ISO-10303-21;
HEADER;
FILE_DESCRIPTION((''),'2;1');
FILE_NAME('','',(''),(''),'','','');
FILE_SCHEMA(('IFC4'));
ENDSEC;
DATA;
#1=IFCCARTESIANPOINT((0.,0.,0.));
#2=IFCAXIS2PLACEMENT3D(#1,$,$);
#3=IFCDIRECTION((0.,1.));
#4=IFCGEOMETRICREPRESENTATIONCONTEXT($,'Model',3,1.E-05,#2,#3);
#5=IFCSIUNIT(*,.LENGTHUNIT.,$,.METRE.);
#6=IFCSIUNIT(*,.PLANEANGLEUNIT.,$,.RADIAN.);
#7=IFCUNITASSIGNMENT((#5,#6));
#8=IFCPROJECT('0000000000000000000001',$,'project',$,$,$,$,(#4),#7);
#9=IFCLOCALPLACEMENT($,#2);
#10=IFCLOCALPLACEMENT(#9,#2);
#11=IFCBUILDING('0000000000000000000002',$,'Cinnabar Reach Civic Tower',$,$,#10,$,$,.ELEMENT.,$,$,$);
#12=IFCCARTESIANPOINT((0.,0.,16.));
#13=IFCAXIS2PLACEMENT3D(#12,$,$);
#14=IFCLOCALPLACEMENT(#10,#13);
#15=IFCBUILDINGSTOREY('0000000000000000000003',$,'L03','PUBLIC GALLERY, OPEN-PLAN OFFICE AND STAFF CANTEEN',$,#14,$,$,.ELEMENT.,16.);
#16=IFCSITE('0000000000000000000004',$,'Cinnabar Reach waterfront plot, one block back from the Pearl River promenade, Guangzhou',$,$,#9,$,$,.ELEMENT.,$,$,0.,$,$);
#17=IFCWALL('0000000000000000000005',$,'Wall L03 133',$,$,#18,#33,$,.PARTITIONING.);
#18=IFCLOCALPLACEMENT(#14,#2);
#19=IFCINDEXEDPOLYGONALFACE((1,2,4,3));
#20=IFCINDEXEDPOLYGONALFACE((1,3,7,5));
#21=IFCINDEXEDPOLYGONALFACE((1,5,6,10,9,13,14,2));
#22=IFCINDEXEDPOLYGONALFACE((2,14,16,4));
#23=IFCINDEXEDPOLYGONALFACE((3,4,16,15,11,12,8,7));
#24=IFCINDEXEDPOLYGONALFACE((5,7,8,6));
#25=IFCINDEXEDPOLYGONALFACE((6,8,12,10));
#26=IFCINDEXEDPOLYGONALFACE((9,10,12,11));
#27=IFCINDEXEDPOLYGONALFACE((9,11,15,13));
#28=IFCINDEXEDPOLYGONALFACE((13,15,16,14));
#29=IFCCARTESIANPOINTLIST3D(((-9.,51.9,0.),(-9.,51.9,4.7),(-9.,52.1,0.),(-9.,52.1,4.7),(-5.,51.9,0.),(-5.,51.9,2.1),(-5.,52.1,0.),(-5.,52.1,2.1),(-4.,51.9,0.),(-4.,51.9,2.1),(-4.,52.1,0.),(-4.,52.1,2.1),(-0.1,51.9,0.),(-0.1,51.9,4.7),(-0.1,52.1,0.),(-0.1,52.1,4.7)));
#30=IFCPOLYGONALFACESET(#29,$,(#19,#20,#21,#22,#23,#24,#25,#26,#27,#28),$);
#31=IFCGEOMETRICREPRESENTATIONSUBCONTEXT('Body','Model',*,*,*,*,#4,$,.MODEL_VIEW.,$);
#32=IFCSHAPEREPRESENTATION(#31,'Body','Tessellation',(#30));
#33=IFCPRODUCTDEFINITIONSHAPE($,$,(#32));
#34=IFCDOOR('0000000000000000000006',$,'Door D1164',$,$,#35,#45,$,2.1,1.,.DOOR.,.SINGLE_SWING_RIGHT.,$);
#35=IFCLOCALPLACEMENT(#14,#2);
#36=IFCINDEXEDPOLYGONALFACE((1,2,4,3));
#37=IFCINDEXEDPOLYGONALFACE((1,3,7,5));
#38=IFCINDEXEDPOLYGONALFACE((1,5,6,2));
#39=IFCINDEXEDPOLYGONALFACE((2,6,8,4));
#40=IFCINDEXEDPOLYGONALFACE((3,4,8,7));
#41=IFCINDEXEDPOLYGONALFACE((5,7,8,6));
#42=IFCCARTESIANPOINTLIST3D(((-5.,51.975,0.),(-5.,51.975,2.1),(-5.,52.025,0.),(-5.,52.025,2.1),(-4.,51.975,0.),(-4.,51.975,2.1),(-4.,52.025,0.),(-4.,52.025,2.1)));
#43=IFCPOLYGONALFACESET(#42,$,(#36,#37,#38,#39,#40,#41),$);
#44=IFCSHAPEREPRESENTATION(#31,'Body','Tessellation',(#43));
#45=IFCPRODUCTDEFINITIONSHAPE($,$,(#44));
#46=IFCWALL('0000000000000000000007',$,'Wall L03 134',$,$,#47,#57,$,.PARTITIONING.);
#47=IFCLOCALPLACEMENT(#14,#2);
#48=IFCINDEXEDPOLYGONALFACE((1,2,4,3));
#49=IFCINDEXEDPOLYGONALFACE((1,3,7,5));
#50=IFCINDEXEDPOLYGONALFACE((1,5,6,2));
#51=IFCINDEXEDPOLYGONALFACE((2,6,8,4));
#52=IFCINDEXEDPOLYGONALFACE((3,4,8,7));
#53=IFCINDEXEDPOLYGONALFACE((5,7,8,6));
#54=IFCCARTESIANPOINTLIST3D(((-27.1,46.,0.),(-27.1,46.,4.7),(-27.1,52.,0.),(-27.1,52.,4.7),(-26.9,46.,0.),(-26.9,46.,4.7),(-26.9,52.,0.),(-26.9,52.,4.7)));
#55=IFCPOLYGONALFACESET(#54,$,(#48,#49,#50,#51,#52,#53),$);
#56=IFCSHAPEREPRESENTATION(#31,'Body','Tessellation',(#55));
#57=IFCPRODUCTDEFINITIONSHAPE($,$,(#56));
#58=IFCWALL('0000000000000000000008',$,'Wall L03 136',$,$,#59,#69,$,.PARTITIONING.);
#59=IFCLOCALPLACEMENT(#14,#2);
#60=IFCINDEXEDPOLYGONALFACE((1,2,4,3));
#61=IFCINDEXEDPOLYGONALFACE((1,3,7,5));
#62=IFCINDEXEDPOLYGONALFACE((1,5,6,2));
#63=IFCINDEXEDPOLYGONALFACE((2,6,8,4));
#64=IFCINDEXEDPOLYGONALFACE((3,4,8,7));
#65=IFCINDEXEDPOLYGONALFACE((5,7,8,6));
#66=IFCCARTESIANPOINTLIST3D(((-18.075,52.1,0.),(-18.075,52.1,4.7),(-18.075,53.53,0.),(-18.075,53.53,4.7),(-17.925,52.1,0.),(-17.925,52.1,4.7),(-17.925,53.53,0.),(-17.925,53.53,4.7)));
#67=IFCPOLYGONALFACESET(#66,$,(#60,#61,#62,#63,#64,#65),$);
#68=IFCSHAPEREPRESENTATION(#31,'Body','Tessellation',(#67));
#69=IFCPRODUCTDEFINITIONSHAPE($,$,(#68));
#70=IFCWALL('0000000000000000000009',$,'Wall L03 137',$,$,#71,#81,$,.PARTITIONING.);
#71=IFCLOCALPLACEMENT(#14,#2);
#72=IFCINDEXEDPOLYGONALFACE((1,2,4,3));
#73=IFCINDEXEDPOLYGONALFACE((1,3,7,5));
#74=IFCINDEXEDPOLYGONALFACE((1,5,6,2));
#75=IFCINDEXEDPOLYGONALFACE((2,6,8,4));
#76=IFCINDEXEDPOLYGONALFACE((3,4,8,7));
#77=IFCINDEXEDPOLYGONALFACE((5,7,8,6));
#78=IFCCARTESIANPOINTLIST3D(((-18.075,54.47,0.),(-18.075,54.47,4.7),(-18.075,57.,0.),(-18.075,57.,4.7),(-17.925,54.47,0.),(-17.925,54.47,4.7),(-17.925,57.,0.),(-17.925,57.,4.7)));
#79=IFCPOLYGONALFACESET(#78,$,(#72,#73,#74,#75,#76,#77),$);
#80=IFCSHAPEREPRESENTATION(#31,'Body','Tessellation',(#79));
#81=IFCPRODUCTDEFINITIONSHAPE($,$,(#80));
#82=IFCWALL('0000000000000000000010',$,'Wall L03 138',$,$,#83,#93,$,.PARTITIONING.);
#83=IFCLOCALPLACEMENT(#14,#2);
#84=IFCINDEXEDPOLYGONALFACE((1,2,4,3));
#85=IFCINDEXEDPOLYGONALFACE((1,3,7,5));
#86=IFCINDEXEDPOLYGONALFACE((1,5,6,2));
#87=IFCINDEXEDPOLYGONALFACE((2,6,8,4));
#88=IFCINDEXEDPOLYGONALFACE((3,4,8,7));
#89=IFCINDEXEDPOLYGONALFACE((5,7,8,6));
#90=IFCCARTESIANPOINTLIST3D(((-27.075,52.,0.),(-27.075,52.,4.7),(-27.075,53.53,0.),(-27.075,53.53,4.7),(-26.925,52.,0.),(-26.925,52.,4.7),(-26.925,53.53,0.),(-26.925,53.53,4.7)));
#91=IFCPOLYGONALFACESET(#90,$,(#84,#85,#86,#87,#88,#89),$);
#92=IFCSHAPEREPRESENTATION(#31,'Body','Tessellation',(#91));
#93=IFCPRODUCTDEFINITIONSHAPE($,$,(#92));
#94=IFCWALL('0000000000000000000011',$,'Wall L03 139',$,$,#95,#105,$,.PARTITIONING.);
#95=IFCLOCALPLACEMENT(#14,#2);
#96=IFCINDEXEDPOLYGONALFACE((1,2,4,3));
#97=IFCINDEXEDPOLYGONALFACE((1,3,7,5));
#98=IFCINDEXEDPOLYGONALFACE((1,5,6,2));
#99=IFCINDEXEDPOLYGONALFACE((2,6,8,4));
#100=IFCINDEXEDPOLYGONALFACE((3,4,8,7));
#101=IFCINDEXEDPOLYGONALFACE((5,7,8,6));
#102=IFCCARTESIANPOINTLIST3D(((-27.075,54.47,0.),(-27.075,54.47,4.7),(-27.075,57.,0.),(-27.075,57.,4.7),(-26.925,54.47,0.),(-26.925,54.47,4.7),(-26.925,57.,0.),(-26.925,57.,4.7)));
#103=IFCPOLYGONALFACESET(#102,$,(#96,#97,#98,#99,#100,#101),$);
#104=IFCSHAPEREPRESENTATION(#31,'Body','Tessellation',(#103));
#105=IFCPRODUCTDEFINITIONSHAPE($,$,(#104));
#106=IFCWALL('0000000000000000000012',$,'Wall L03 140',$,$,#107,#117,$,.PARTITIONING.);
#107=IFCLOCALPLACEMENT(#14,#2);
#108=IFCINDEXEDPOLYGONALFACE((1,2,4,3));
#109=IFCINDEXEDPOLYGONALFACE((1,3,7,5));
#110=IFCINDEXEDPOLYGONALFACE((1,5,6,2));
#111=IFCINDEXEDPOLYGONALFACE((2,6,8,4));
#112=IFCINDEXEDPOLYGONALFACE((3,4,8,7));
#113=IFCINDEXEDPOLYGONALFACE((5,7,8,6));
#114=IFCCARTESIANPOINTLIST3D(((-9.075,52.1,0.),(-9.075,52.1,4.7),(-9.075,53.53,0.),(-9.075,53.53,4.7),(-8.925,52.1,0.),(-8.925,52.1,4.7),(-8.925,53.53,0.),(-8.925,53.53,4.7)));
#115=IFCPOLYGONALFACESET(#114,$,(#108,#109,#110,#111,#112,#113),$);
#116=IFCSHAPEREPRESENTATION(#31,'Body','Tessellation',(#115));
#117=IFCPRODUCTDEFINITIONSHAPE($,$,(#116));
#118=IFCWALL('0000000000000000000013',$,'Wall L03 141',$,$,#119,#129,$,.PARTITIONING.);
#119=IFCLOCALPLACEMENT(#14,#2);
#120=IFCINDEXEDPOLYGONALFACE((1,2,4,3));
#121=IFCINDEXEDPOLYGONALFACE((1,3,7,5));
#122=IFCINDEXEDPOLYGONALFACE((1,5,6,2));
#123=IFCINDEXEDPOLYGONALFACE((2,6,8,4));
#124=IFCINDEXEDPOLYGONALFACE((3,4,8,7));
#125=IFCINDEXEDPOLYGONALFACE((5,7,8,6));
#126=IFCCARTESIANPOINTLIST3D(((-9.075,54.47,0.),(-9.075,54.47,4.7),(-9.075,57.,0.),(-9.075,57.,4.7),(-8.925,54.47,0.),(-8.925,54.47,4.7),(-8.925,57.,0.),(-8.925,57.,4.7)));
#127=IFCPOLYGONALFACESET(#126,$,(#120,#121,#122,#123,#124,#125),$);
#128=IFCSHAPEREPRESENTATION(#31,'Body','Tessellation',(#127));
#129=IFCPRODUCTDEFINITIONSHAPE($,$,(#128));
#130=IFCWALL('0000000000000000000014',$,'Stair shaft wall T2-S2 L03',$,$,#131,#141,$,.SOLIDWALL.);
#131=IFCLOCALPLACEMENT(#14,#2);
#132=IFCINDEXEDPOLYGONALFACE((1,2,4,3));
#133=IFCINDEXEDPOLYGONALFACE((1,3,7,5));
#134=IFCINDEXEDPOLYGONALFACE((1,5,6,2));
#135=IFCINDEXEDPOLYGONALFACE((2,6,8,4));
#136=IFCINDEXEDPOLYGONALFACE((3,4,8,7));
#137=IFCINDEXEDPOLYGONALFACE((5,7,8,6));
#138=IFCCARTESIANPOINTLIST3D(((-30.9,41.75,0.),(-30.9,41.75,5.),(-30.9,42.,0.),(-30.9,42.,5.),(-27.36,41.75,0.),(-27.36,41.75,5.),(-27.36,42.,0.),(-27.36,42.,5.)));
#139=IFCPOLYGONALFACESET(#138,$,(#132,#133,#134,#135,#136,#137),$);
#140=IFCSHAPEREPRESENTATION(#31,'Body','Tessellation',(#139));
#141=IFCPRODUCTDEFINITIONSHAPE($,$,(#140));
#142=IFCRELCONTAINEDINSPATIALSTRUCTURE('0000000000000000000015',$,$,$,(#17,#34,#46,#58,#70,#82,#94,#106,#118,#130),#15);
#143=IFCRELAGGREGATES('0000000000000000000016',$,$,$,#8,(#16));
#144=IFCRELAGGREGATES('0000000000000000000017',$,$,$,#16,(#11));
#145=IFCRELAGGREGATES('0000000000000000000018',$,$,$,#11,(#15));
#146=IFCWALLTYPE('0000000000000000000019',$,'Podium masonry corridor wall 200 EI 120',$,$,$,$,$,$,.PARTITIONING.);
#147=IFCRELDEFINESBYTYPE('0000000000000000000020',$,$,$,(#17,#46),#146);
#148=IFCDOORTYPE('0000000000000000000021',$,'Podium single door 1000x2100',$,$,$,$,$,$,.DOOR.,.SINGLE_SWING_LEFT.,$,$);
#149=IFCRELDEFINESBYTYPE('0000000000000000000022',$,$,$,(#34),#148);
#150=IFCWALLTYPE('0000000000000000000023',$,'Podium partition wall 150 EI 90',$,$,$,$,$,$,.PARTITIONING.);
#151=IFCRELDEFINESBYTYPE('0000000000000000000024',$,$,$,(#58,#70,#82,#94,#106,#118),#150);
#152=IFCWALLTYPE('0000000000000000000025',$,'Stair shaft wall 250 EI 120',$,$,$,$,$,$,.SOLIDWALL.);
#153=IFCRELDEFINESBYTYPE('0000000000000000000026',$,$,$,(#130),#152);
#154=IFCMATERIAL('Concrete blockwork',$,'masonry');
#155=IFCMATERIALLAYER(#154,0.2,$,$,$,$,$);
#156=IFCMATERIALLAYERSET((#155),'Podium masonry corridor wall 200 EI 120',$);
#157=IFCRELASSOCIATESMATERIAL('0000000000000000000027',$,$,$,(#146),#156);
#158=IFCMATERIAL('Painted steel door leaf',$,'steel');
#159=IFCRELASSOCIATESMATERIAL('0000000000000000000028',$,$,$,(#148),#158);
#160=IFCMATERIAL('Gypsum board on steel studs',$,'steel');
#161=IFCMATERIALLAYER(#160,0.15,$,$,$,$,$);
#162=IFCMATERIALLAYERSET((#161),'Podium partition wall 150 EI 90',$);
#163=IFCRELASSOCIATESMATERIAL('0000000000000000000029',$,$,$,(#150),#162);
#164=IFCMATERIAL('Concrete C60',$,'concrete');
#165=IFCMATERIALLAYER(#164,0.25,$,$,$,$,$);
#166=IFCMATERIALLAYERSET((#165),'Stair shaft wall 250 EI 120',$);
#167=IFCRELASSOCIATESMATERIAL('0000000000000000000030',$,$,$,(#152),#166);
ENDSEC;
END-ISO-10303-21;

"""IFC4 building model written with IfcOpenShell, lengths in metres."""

from ifc_helpers import new_model, si_unit, direction, frame, frame_2d, origin, place, context, subcontext, project, spatial, rectangle, extrude, material, layer, layer_set, type_object, element, fill, save


model = new_model("IFC4")

# Units and contexts
model_context = context("Model", 3, precision=1e-05, world=origin(), true_north=direction((0.0, 1.0)))
body_context = subcontext(model_context, "Body", "Model", "MODEL_VIEW")
ifc_project = project(units=[si_unit("LENGTHUNIT", "METRE"), si_unit("PLANEANGLEUNIT", "RADIAN")], contexts=[model_context])

# Site, building, storey
site_placement = place(None, origin())
site = spatial("IfcSite", under=ifc_project, at=site_placement, Name="Cinnabar Reach waterfront plot, one block back from the Pearl River promenade, Guangzhou", CompositionType="ELEMENT", RefElevation=0.0)
building_placement = place(site_placement, origin())
building = spatial("IfcBuilding", under=site, at=building_placement, Name="Cinnabar Reach Civic Tower", CompositionType="ELEMENT")
storey_placement = place(building_placement, frame((0.0, 0.0, 16.0)))
storey = spatial("IfcBuildingStorey", under=building, at=storey_placement, Name="L03", Description="PUBLIC GALLERY, OPEN-PLAN OFFICE AND STAFF CANTEEN", CompositionType="ELEMENT", Elevation=16.0)

# Shared definitions
ifc_material_1 = material(Name="Concrete blockwork", Category="masonry")
ifc_layer_1 = layer(ifc_material_1, 0.2)
ifc_layer_set_1 = layer_set([ifc_layer_1], Name="Podium masonry corridor wall 200 EI 120")
wall_type_1 = type_object("IfcWallType", Name="Podium masonry corridor wall 200 EI 120", PredefinedType="PARTITIONING", material=ifc_layer_set_1)

# Wall, opening, door
ifc_material_2 = material(Name="Painted steel door leaf", Category="steel")
door_type = type_object("IfcDoorType", Name="Podium single door 1000x2100", OperationType="SINGLE_SWING_LEFT", PredefinedType="DOOR", material=ifc_material_2)
wall_1_placement = place(storey_placement, frame((-9.0, 52.0, 0.0), z_axis=(0.0, 0.0, 1.0), x_axis=(1.0, 0.0, 0.0)))
wall_1 = element("IfcWall", 1, at=wall_1_placement, inside=storey, type_object=wall_type_1, Name="Wall L03 133", PredefinedType="PARTITIONING", context=body_context, shape_type="SweptSolid", body=[
    extrude(rectangle(XDim=8.9, YDim=0.2, at=frame_2d((4.45, 0.0))), origin(), (0.0, 0.0, 1.0), 4.7),
])
opening_1_placement = place(wall_1_placement, frame((4.0, 0.0, 0.0)))
opening_1 = element("IfcOpeningElement", 2, at=opening_1_placement, cuts=wall_1, PredefinedType="OPENING", context=body_context, shape_type="SweptSolid", body=[
    extrude(rectangle(XDim=1.0, YDim=2.1, at=frame_2d((0.5, 1.05))), frame((0.0, 0.11, 0.0), z_axis=(0.0, -1.0, 0.0), x_axis=(1.0, 0.0, 0.0)), (0.0, 0.0, 1.0), 0.22),
])
door_1_placement = place(opening_1_placement, origin())
door_1 = element("IfcDoor", 3, at=door_1_placement, inside=storey, type_object=door_type, Name="Door D1164", OperationType="SINGLE_SWING_RIGHT", OverallHeight=2.1, OverallWidth=1.0, PredefinedType="DOOR", context=body_context, shape_type="SweptSolid", body=[
    extrude(rectangle(XDim=1.0, YDim=2.1, at=frame_2d((0.5, 1.05))), frame((0.0, 0.025, 0.0), z_axis=(0.0, -1.0, 0.0), x_axis=(1.0, 0.0, 0.0)), (0.0, 0.0, 1.0), 0.05),
])
fill(opening_1, door_1)

# Walls
wall_2_placement = place(storey_placement, frame((-27.0, 46.0, 0.0), z_axis=(0.0, 0.0, 1.0), x_axis=(0.0, 1.0, 0.0)))
element("IfcWall", 4, at=wall_2_placement, inside=storey, type_object=wall_type_1, Name="Wall L03 134", PredefinedType="PARTITIONING", context=body_context, shape_type="SweptSolid", body=[
    extrude(rectangle(XDim=6.0, YDim=0.2, at=frame_2d((3.0, 0.0))), origin(), (0.0, 0.0, 1.0), 4.7),
])
ifc_material_3 = material(Name="Gypsum board on steel studs", Category="steel")
ifc_layer_2 = layer(ifc_material_3, 0.15)
ifc_layer_set_2 = layer_set([ifc_layer_2], Name="Podium partition wall 150 EI 90")
wall_type_2 = type_object("IfcWallType", Name="Podium partition wall 150 EI 90", PredefinedType="PARTITIONING", material=ifc_layer_set_2)
wall_3_placement = place(storey_placement, frame((-18.0, 52.1, 0.0), z_axis=(0.0, 0.0, 1.0), x_axis=(0.0, 1.0, 0.0)))
element("IfcWall", 5, at=wall_3_placement, inside=storey, type_object=wall_type_2, Name="Wall L03 136", PredefinedType="PARTITIONING", context=body_context, shape_type="SweptSolid", body=[
    extrude(rectangle(XDim=1.43, YDim=0.15, at=frame_2d((0.715, 0.0))), origin(), (0.0, 0.0, 1.0), 4.7),
])
wall_4_placement = place(storey_placement, frame((-18.0, 54.47, 0.0), z_axis=(0.0, 0.0, 1.0), x_axis=(0.0, 1.0, 0.0)))
element("IfcWall", 6, at=wall_4_placement, inside=storey, type_object=wall_type_2, Name="Wall L03 137", PredefinedType="PARTITIONING", context=body_context, shape_type="SweptSolid", body=[
    extrude(rectangle(XDim=2.53, YDim=0.15, at=frame_2d((1.265, 0.0))), origin(), (0.0, 0.0, 1.0), 4.7),
])
wall_5_placement = place(storey_placement, frame((-27.0, 52.0, 0.0), z_axis=(0.0, 0.0, 1.0), x_axis=(0.0, 1.0, 0.0)))
element("IfcWall", 7, at=wall_5_placement, inside=storey, type_object=wall_type_2, Name="Wall L03 138", PredefinedType="PARTITIONING", context=body_context, shape_type="SweptSolid", body=[
    extrude(rectangle(XDim=1.53, YDim=0.15, at=frame_2d((0.765, 0.0))), origin(), (0.0, 0.0, 1.0), 4.7),
])
wall_6_placement = place(storey_placement, frame((-27.0, 54.47, 0.0), z_axis=(0.0, 0.0, 1.0), x_axis=(0.0, 1.0, 0.0)))
element("IfcWall", 8, at=wall_6_placement, inside=storey, type_object=wall_type_2, Name="Wall L03 139", PredefinedType="PARTITIONING", context=body_context, shape_type="SweptSolid", body=[
    extrude(rectangle(XDim=2.53, YDim=0.15, at=frame_2d((1.265, 0.0))), origin(), (0.0, 0.0, 1.0), 4.7),
])
wall_7_placement = place(storey_placement, frame((-9.0, 52.1, 0.0), z_axis=(0.0, 0.0, 1.0), x_axis=(0.0, 1.0, 0.0)))
element("IfcWall", 9, at=wall_7_placement, inside=storey, type_object=wall_type_2, Name="Wall L03 140", PredefinedType="PARTITIONING", context=body_context, shape_type="SweptSolid", body=[
    extrude(rectangle(XDim=1.43, YDim=0.15, at=frame_2d((0.715, 0.0))), origin(), (0.0, 0.0, 1.0), 4.7),
])
wall_8_placement = place(storey_placement, frame((-9.0, 54.47, 0.0), z_axis=(0.0, 0.0, 1.0), x_axis=(0.0, 1.0, 0.0)))
element("IfcWall", 10, at=wall_8_placement, inside=storey, type_object=wall_type_2, Name="Wall L03 141", PredefinedType="PARTITIONING", context=body_context, shape_type="SweptSolid", body=[
    extrude(rectangle(XDim=2.53, YDim=0.15, at=frame_2d((1.265, 0.0))), origin(), (0.0, 0.0, 1.0), 4.7),
])
ifc_material_4 = material(Name="Concrete C60", Category="concrete")
ifc_layer_3 = layer(ifc_material_4, 0.25)
ifc_layer_set_3 = layer_set([ifc_layer_3], Name="Stair shaft wall 250 EI 120")
wall_type_3 = type_object("IfcWallType", Name="Stair shaft wall 250 EI 120", PredefinedType="SOLIDWALL", material=ifc_layer_set_3)
wall_9_placement = place(storey_placement, frame((-27.36, 41.875, 0.0), z_axis=(0.0, 0.0, 1.0), x_axis=(-1.0, 0.0, 0.0)))
element("IfcWall", 11, at=wall_9_placement, inside=storey, type_object=wall_type_3, Name="Stair shaft wall T2-S2 L03", PredefinedType="SOLIDWALL", context=body_context, shape_type="SweptSolid", body=[
    extrude(rectangle(XDim=3.54, YDim=0.25, at=frame_2d((1.77, 0.0))), origin(), (0.0, 0.0, 1.0), 5.0),
])

save(model, "model.ifc")
